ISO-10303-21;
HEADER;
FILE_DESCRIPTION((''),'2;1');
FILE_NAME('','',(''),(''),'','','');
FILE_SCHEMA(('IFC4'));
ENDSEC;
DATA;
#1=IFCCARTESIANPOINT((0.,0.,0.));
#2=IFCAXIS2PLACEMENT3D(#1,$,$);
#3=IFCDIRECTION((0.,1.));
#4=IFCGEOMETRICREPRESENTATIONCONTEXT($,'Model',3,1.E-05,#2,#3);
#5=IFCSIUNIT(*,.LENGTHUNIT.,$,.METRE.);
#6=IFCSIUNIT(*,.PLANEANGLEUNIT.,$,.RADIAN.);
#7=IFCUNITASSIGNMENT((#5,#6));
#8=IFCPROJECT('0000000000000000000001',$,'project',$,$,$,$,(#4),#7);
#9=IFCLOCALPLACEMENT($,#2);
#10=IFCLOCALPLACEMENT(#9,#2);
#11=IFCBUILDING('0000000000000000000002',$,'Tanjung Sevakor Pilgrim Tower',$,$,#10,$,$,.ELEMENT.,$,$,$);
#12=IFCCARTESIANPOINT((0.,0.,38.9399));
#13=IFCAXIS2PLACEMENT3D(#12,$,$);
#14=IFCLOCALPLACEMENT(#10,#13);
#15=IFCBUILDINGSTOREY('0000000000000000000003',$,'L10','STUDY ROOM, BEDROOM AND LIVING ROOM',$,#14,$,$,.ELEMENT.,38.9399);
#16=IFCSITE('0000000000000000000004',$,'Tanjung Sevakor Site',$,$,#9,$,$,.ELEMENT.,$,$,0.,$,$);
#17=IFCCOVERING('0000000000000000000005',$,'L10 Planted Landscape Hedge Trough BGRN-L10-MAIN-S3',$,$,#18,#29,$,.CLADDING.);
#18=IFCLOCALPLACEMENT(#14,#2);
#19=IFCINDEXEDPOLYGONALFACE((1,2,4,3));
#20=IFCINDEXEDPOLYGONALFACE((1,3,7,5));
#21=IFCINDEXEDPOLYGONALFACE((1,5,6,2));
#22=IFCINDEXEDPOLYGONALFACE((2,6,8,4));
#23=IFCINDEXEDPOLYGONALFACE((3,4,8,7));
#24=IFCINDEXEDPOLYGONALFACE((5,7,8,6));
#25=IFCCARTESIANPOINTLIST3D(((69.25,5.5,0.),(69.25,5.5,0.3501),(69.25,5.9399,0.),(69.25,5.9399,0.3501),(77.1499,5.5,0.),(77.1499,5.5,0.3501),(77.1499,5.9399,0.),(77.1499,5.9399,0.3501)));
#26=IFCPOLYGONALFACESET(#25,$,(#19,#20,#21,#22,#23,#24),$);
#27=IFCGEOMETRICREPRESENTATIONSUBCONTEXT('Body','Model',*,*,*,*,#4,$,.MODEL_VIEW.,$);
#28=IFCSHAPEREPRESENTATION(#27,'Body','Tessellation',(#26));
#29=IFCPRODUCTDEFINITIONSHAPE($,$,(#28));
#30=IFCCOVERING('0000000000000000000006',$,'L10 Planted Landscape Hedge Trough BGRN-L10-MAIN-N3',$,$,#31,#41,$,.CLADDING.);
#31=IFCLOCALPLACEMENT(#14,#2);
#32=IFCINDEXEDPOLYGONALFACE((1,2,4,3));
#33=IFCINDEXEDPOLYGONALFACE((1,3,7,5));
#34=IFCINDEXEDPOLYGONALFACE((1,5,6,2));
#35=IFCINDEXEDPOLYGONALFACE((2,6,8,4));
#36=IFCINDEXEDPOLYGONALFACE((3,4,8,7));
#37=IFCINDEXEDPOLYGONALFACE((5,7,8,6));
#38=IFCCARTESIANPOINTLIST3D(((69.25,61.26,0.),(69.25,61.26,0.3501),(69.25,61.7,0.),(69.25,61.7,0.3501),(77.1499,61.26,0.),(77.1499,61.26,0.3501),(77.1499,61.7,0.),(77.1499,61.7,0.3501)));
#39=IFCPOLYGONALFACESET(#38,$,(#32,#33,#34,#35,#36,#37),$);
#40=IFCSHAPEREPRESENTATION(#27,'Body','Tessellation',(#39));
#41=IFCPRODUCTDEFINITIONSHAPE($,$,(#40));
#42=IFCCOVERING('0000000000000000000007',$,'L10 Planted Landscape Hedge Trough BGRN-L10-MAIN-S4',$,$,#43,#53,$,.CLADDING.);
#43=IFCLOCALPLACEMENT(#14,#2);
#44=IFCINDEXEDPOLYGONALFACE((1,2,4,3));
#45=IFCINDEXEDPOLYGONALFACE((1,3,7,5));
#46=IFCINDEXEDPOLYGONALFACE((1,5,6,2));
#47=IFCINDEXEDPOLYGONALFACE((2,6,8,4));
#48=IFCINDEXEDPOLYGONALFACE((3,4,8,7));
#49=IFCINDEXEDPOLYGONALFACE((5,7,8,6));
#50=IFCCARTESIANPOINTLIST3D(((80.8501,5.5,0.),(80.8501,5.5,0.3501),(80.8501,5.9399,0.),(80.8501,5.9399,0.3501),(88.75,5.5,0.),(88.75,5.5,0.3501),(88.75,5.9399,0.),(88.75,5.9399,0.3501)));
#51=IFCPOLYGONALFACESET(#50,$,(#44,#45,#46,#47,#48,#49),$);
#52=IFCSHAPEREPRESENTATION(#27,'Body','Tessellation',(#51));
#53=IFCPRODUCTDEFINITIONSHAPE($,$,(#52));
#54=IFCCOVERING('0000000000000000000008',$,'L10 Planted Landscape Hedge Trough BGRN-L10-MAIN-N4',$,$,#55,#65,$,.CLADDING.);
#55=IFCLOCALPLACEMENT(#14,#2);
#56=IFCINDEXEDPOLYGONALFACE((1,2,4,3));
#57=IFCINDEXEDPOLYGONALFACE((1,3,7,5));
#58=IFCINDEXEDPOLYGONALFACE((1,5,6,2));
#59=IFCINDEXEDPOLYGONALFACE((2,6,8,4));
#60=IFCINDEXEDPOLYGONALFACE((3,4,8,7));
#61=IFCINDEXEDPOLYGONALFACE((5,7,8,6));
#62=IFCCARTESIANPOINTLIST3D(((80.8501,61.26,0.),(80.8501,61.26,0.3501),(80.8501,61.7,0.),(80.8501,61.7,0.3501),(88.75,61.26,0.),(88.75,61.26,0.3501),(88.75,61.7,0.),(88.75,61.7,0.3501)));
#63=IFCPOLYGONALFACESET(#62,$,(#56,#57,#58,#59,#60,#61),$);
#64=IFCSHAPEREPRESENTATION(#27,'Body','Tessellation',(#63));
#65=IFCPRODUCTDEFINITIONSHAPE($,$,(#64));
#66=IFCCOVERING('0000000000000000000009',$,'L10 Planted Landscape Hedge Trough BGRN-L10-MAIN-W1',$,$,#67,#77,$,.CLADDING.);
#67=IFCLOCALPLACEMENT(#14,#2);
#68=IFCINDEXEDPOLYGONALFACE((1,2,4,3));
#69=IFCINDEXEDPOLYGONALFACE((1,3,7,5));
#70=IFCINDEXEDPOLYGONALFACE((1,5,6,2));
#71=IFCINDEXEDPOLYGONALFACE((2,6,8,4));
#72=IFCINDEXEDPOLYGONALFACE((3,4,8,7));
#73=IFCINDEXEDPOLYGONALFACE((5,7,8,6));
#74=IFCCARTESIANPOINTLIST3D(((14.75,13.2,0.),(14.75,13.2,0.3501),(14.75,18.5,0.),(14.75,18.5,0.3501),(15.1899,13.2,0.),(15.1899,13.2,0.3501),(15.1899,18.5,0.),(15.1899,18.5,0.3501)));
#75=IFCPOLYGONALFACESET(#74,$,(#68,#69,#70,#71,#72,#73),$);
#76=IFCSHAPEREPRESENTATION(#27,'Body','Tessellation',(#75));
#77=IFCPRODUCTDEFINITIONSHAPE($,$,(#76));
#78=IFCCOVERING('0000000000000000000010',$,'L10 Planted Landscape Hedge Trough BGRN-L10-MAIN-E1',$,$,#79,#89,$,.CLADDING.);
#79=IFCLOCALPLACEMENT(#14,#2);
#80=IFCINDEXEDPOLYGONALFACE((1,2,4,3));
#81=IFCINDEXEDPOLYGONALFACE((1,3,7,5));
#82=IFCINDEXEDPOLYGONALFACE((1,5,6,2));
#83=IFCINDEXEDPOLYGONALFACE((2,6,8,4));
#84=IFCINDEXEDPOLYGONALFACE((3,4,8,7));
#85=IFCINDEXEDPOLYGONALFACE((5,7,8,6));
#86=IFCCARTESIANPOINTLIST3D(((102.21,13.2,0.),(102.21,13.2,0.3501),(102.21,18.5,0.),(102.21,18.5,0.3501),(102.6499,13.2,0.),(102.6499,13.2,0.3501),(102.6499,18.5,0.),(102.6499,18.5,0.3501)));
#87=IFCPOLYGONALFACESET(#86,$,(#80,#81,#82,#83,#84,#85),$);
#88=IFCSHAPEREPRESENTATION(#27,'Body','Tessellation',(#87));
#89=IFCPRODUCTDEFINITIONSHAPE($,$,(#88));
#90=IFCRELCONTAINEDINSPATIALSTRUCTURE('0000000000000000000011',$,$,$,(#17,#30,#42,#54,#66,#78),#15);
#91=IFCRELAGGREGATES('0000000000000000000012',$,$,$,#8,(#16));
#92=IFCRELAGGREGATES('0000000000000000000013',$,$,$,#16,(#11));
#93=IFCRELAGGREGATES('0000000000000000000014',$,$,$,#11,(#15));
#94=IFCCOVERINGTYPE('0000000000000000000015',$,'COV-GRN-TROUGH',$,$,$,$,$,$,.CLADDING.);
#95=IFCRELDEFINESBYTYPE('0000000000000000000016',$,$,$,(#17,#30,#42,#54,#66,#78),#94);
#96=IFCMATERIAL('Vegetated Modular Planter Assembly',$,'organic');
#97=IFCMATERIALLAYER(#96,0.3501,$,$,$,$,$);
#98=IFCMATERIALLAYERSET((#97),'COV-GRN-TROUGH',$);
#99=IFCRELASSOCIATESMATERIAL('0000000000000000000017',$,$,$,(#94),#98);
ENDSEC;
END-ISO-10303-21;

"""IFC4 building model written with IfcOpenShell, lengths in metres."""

from ifc_helpers import new_model, si_unit, direction, frame, origin, place, context, subcontext, project, spatial, polyline, outline, extrude, material, layer, layer_set, type_object, element, save


model = new_model("IFC4")

# Units and contexts
model_context = context("Model", 3, precision=1e-05, world=origin(), true_north=direction((0.0, 1.0)))
body_context = subcontext(model_context, "Body", "Model", "MODEL_VIEW")
ifc_project = project(units=[si_unit("LENGTHUNIT", "METRE"), si_unit("PLANEANGLEUNIT", "RADIAN")], contexts=[model_context])

# Site, building, storey
site_placement = place(None, origin())
site = spatial("IfcSite", under=ifc_project, at=site_placement, Name="Tanjung Sevakor Site", CompositionType="ELEMENT", RefElevation=0.0)
building_placement = place(site_placement, origin())
building = spatial("IfcBuilding", under=site, at=building_placement, Name="Tanjung Sevakor Pilgrim Tower", CompositionType="ELEMENT")
storey_placement = place(building_placement, frame((0.0, 0.0, 38.9399)))
storey = spatial("IfcBuildingStorey", under=building, at=storey_placement, Name="L10", Description="STUDY ROOM, BEDROOM AND LIVING ROOM", CompositionType="ELEMENT", Elevation=38.9399)

# Coverings
ifc_material_1 = material(Name="Vegetated Modular Planter Assembly", Category="organic")
ifc_layer_1 = layer(ifc_material_1, 0.3501)
ifc_layer_set_1 = layer_set([ifc_layer_1], Name="COV-GRN-TROUGH")
covering_type = type_object("IfcCoveringType", Name="COV-GRN-TROUGH", PredefinedType="CLADDING", material=ifc_layer_set_1)
covering_1_placement = place(storey_placement, origin())
element("IfcCovering", 1, at=covering_1_placement, inside=storey, type_object=covering_type, Name="L10 Planted Landscape Hedge Trough BGRN-L10-MAIN-S3", PredefinedType="CLADDING", context=body_context, shape_type="SweptSolid", body=[
    extrude(outline(polyline([(69.25, 5.5), (77.1499, 5.5), (77.1499, 5.9399), (69.25, 5.9399), (69.25, 5.5)])), origin(), (0.0, 0.0, 1.0), 0.3501),
])
covering_2_placement = place(storey_placement, origin())
element("IfcCovering", 2, at=covering_2_placement, inside=storey, type_object=covering_type, Name="L10 Planted Landscape Hedge Trough BGRN-L10-MAIN-N3", PredefinedType="CLADDING", context=body_context, shape_type="SweptSolid", body=[
    extrude(outline(polyline([(69.25, 61.26), (77.1499, 61.26), (77.1499, 61.7), (69.25, 61.7), (69.25, 61.26)])), origin(), (0.0, 0.0, 1.0), 0.3501),
])
covering_3_placement = place(storey_placement, origin())
element("IfcCovering", 3, at=covering_3_placement, inside=storey, type_object=covering_type, Name="L10 Planted Landscape Hedge Trough BGRN-L10-MAIN-S4", PredefinedType="CLADDING", context=body_context, shape_type="SweptSolid", body=[
    extrude(outline(polyline([(80.8501, 5.5), (88.75, 5.5), (88.75, 5.9399), (80.8501, 5.9399), (80.8501, 5.5)])), origin(), (0.0, 0.0, 1.0), 0.3501),
])
covering_4_placement = place(storey_placement, origin())
element("IfcCovering", 4, at=covering_4_placement, inside=storey, type_object=covering_type, Name="L10 Planted Landscape Hedge Trough BGRN-L10-MAIN-N4", PredefinedType="CLADDING", context=body_context, shape_type="SweptSolid", body=[
    extrude(outline(polyline([(80.8501, 61.26), (88.75, 61.26), (88.75, 61.7), (80.8501, 61.7), (80.8501, 61.26)])), origin(), (0.0, 0.0, 1.0), 0.3501),
])
covering_5_placement = place(storey_placement, origin())
element("IfcCovering", 5, at=covering_5_placement, inside=storey, type_object=covering_type, Name="L10 Planted Landscape Hedge Trough BGRN-L10-MAIN-W1", PredefinedType="CLADDING", context=body_context, shape_type="SweptSolid", body=[
    extrude(outline(polyline([(15.1899, 13.2), (15.1899, 18.5), (14.75, 18.5), (14.75, 13.2), (15.1899, 13.2)])), origin(), (0.0, 0.0, 1.0), 0.3501),
])
covering_6_placement = place(storey_placement, origin())
element("IfcCovering", 6, at=covering_6_placement, inside=storey, type_object=covering_type, Name="L10 Planted Landscape Hedge Trough BGRN-L10-MAIN-E1", PredefinedType="CLADDING", context=body_context, shape_type="SweptSolid", body=[
    extrude(outline(polyline([(102.6499, 13.2), (102.6499, 18.5), (102.21, 18.5), (102.21, 13.2), (102.6499, 13.2)])), origin(), (0.0, 0.0, 1.0), 0.3501),
])

save(model, "model.ifc")
